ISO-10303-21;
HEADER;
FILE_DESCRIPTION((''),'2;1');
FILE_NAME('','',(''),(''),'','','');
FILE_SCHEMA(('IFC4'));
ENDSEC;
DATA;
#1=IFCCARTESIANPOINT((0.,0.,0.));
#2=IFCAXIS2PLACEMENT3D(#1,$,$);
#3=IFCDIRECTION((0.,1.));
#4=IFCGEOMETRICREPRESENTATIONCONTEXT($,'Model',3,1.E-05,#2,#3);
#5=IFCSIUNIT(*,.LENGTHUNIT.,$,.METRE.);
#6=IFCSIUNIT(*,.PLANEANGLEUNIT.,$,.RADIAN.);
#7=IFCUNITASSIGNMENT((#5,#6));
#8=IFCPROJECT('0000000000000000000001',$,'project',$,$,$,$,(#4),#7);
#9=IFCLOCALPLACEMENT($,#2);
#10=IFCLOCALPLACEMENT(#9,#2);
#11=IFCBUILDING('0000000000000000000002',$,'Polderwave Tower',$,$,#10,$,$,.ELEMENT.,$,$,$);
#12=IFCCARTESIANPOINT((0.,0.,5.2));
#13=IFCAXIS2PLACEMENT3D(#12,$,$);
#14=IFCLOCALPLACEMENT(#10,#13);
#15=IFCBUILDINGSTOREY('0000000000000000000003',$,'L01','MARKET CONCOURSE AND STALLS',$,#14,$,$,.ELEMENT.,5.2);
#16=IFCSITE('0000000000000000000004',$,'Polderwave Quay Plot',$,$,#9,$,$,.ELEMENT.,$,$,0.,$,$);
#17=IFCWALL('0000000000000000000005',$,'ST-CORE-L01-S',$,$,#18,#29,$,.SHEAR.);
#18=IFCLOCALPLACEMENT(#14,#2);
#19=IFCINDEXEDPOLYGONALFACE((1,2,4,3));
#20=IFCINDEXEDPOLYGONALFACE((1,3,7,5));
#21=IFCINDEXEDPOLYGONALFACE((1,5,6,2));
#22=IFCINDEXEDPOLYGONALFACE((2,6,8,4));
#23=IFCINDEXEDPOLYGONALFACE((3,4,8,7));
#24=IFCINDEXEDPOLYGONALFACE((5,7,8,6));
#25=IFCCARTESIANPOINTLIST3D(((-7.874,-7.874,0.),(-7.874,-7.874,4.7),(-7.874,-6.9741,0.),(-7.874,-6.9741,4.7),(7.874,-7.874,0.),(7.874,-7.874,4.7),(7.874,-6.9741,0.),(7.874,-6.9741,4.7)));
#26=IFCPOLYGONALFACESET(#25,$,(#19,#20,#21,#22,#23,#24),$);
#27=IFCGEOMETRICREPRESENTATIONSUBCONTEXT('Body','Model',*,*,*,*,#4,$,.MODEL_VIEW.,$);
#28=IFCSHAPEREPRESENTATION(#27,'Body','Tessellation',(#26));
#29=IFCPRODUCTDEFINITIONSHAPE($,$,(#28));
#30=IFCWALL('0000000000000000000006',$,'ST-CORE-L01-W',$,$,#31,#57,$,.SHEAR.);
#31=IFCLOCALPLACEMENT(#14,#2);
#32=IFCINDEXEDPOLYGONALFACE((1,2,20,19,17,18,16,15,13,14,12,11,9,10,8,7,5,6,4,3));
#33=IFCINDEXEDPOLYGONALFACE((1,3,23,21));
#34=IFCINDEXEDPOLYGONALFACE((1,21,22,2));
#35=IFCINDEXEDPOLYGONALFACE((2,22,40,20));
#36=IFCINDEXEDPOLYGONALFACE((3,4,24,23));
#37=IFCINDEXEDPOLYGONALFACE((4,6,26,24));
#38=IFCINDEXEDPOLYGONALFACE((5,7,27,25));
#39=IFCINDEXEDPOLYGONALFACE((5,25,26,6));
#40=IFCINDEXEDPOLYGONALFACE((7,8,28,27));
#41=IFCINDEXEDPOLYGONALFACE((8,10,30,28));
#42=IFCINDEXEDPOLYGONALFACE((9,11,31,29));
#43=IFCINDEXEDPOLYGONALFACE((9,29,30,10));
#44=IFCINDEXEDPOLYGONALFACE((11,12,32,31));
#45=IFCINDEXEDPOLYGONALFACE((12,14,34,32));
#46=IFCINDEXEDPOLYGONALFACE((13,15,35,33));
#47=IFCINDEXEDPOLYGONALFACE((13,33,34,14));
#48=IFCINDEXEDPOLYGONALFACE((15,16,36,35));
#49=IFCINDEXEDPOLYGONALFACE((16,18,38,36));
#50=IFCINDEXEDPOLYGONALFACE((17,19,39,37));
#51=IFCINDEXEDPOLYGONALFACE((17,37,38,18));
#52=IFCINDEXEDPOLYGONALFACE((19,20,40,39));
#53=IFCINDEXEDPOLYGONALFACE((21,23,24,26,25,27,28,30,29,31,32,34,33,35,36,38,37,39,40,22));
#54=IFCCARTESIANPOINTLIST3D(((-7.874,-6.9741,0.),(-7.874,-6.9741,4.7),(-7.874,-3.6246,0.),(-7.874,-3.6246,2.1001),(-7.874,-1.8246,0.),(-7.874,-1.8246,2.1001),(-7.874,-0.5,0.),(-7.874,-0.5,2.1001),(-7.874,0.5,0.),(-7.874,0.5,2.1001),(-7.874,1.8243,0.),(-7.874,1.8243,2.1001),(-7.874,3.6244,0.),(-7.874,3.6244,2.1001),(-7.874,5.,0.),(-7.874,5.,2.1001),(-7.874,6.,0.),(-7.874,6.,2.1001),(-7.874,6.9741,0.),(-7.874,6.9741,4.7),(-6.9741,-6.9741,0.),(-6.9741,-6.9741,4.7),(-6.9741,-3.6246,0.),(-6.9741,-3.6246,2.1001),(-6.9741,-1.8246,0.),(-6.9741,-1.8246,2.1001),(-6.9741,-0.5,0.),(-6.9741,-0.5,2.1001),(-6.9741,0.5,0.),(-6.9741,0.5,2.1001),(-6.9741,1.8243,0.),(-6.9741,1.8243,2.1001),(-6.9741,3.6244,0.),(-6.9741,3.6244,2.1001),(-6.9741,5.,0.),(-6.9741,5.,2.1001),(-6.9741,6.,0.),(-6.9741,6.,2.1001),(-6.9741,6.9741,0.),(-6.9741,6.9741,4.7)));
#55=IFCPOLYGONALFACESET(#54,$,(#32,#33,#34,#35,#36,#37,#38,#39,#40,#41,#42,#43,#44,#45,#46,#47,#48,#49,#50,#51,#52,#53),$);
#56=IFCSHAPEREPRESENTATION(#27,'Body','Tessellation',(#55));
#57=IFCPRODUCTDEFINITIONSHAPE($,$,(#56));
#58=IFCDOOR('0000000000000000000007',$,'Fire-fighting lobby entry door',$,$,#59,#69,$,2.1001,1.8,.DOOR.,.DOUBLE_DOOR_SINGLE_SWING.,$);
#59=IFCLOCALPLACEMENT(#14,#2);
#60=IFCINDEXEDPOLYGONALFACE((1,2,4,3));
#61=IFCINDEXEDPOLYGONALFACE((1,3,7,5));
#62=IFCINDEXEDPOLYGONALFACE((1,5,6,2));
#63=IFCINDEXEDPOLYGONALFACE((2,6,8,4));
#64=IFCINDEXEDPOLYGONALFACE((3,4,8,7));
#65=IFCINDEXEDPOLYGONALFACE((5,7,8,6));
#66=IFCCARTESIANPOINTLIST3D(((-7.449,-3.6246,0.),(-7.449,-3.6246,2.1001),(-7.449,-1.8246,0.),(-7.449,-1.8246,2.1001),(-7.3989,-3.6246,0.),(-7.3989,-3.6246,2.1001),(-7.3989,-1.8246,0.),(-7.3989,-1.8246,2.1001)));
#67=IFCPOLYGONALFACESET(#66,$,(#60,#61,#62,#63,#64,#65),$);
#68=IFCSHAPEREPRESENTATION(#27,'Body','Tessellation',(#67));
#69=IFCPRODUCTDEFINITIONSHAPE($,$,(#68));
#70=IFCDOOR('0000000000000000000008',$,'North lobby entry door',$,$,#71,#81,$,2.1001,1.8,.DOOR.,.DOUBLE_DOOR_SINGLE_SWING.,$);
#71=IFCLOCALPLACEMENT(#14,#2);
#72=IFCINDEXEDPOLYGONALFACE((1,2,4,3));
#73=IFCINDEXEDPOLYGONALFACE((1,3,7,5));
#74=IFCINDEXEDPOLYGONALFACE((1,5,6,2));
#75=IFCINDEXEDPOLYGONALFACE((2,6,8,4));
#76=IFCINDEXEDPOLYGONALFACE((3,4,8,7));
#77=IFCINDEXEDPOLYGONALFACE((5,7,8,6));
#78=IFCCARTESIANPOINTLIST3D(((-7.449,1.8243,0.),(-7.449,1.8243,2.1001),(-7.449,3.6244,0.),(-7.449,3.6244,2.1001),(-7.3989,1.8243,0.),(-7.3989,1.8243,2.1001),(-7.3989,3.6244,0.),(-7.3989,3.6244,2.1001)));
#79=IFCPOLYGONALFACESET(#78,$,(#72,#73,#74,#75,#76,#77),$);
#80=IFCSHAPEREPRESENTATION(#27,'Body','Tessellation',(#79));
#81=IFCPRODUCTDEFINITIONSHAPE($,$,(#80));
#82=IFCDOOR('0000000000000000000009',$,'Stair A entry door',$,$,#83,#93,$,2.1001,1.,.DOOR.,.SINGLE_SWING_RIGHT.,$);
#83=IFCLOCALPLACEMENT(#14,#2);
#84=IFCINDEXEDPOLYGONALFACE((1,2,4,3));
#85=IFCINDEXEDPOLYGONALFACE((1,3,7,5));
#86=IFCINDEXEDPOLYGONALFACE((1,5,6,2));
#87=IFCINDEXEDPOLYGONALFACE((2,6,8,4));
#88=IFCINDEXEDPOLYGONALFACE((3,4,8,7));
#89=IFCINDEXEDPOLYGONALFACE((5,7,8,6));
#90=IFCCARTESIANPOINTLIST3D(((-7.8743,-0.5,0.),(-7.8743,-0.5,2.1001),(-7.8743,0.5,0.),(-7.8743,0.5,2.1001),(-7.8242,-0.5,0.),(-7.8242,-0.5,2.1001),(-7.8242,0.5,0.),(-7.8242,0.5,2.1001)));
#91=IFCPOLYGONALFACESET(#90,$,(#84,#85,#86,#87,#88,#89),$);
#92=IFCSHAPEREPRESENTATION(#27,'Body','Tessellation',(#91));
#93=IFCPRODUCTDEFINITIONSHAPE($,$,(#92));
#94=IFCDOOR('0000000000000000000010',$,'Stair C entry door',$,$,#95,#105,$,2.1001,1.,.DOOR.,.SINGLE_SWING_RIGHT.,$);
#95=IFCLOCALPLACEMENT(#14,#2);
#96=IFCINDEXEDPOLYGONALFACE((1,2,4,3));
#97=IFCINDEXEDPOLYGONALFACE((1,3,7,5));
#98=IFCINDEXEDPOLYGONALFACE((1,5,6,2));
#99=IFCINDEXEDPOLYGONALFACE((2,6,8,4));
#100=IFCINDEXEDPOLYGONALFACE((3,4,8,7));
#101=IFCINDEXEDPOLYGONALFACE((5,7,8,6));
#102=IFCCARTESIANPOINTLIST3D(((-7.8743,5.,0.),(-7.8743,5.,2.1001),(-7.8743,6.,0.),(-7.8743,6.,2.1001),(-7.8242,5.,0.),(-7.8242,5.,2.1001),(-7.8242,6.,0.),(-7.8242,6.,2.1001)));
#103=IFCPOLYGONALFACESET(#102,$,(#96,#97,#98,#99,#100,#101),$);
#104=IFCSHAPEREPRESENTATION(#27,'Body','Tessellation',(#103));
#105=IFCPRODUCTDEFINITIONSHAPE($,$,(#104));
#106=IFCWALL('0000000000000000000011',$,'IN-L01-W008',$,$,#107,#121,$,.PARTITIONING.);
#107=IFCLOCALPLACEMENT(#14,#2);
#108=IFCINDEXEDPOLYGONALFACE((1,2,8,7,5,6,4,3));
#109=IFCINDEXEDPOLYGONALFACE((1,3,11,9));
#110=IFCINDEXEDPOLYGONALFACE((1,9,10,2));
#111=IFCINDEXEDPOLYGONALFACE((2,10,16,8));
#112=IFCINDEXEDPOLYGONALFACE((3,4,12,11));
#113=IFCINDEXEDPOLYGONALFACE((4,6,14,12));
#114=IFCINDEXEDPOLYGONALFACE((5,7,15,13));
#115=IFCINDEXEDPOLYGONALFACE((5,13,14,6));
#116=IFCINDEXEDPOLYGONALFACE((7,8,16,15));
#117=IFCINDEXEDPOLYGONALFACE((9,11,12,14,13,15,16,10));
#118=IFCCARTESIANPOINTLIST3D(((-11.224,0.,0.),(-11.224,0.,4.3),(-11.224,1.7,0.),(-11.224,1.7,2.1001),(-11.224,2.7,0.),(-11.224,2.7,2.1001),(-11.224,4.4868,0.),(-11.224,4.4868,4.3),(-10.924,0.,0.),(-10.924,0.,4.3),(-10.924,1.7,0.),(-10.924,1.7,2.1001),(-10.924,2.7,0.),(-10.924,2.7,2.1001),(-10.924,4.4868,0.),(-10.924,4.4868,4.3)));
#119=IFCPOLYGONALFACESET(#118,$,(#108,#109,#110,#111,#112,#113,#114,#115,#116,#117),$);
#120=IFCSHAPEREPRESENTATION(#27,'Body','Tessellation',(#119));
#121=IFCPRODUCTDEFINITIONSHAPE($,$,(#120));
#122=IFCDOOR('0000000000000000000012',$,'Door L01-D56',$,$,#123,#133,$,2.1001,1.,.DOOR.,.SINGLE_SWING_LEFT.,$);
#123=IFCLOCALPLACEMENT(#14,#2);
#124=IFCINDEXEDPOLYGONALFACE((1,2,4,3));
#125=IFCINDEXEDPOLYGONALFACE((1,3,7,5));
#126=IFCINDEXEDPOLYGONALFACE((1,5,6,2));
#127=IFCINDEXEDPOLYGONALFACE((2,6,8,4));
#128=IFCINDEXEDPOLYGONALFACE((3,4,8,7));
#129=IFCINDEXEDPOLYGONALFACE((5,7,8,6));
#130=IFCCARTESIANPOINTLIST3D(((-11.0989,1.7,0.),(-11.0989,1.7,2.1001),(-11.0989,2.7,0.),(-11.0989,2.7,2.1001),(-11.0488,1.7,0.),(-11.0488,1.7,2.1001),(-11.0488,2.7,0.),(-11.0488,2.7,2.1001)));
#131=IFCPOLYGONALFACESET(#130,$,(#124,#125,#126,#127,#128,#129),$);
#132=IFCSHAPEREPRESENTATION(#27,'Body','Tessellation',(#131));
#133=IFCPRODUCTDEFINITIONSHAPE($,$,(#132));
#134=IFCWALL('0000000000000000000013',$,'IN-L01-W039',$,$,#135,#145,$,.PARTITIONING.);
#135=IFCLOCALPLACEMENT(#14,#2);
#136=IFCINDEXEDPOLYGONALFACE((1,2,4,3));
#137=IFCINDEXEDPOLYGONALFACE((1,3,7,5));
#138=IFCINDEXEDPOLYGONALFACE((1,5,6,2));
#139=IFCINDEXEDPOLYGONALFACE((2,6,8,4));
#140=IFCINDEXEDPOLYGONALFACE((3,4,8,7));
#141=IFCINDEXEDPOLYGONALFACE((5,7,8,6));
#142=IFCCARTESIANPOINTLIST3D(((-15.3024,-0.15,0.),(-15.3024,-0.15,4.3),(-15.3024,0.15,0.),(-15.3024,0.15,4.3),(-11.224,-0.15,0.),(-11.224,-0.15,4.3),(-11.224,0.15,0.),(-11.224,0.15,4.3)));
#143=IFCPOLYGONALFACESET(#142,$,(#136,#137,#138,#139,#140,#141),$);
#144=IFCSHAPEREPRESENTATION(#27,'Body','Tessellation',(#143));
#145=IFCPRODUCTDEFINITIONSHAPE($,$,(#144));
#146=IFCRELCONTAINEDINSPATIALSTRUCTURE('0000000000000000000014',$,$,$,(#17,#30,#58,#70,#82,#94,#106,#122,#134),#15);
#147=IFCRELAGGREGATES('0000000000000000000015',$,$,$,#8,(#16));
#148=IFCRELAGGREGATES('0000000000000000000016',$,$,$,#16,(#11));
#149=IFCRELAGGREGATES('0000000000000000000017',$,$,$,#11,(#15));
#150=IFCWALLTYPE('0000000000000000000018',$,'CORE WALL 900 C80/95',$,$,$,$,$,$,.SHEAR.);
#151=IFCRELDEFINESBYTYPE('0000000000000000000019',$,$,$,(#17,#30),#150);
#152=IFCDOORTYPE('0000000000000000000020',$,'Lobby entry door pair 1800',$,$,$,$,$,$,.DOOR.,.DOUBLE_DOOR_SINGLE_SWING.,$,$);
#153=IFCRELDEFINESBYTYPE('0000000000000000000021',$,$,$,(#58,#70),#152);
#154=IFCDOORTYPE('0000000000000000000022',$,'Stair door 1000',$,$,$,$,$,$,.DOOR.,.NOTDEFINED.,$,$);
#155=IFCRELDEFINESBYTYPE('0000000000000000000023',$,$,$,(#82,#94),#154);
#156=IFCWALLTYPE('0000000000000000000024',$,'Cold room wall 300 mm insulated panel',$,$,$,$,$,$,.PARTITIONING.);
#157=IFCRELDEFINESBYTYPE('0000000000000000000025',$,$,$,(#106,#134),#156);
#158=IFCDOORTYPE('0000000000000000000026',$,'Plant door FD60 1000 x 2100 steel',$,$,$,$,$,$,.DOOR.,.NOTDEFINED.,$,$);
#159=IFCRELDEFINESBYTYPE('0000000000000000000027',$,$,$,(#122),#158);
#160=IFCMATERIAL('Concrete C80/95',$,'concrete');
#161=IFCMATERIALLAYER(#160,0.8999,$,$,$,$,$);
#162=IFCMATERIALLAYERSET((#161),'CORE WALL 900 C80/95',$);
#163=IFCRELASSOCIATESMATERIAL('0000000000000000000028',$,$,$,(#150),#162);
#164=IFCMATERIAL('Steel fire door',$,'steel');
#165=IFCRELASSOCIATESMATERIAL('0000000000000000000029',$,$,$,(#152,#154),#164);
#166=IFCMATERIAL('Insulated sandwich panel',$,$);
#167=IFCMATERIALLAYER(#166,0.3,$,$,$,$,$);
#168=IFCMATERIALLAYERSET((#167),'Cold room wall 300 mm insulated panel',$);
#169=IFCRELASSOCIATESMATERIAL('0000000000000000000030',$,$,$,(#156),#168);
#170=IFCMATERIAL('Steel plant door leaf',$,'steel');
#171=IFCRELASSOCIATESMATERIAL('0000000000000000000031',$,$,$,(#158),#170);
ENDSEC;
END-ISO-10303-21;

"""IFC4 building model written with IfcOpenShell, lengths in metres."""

from ifc_helpers import new_model, si_unit, direction, frame, frame_2d, origin, place, context, subcontext, project, spatial, rectangle, extrude, material, layer, layer_set, type_object, element, fill, save


model = new_model("IFC4")

# Units and contexts
model_context = context("Model", 3, precision=1e-05, world=origin(), true_north=direction((0.0, 1.0)))
body_context = subcontext(model_context, "Body", "Model", "MODEL_VIEW")
ifc_project = project(units=[si_unit("LENGTHUNIT", "METRE"), si_unit("PLANEANGLEUNIT", "RADIAN")], contexts=[model_context])

# Site, building, storey
site_placement = place(None, origin())
site = spatial("IfcSite", under=ifc_project, at=site_placement, Name="Polderwave Quay Plot", CompositionType="ELEMENT", RefElevation=0.0)
building_placement = place(site_placement, origin())
building = spatial("IfcBuilding", under=site, at=building_placement, Name="Polderwave Tower", CompositionType="ELEMENT")
storey_placement = place(building_placement, frame((0.0, 0.0, 5.2)))
storey = spatial("IfcBuildingStorey", under=building, at=storey_placement, Name="L01", Description="MARKET CONCOURSE AND STALLS", CompositionType="ELEMENT", Elevation=5.2)

# Wall
ifc_material_1 = material(Name="Concrete C80/95", Category="concrete")
ifc_layer_1 = layer(ifc_material_1, 0.8999)
ifc_layer_set_1 = layer_set([ifc_layer_1], Name="CORE WALL 900 C80/95")
wall_type_1 = type_object("IfcWallType", Name="CORE WALL 900 C80/95", PredefinedType="SHEAR", material=ifc_layer_set_1)
wall_1_placement = place(storey_placement, frame((-7.874, -7.4241, 0.0), z_axis=(0.0, 0.0, 1.0), x_axis=(1.0, 0.0, 0.0)))
element("IfcWall", 1, at=wall_1_placement, inside=storey, type_object=wall_type_1, Name="ST-CORE-L01-S", PredefinedType="SHEAR", context=body_context, shape_type="SweptSolid", body=[
    extrude(rectangle(XDim=15.748, YDim=0.8999, at=frame_2d((7.874, 0.0))), origin(), (0.0, 0.0, 1.0), 4.7),
])

# Wall, openings, doors
wall_2_placement = place(storey_placement, frame((-7.4241, -6.9741, 0.0), z_axis=(0.0, 0.0, 1.0), x_axis=(0.0, 1.0, 0.0)))
wall_2 = element("IfcWall", 2, at=wall_2_placement, inside=storey, type_object=wall_type_1, Name="ST-CORE-L01-W", PredefinedType="SHEAR", context=body_context, shape_type="SweptSolid", body=[
    extrude(rectangle(XDim=13.9482, YDim=0.8999, at=frame_2d((6.9741, 0.0))), origin(), (0.0, 0.0, 1.0), 4.7),
])
opening_1_placement = place(wall_2_placement, frame((6.4741, 0.0, 0.0)))
opening_1 = element("IfcOpeningElement", 3, at=opening_1_placement, cuts=wall_2, PredefinedType="OPENING", context=body_context, shape_type="SweptSolid", body=[
    extrude(rectangle(XDim=1.0, YDim=2.1001, at=frame_2d((0.5, 1.05))), frame((0.0, 0.46, 0.0), z_axis=(0.0, -1.0, 0.0), x_axis=(1.0, 0.0, 0.0)), (0.0, 0.0, 1.0), 0.9199),
])
opening_2_placement = place(wall_2_placement, frame((3.3496, 0.0, 0.0)))
opening_2 = element("IfcOpeningElement", 4, at=opening_2_placement, cuts=wall_2, PredefinedType="OPENING", context=body_context, shape_type="SweptSolid", body=[
    extrude(rectangle(XDim=1.8, YDim=2.1001, at=frame_2d((0.8999, 1.05))), frame((0.0, 0.46, 0.0), z_axis=(0.0, -1.0, 0.0), x_axis=(1.0, 0.0, 0.0)), (0.0, 0.0, 1.0), 0.9199),
])
opening_3_placement = place(wall_2_placement, frame((8.7986, 0.0, 0.0)))
opening_3 = element("IfcOpeningElement", 5, at=opening_3_placement, cuts=wall_2, PredefinedType="OPENING", context=body_context, shape_type="SweptSolid", body=[
    extrude(rectangle(XDim=1.8, YDim=2.1001, at=frame_2d((0.8999, 1.05))), frame((0.0, 0.46, 0.0), z_axis=(0.0, -1.0, 0.0), x_axis=(1.0, 0.0, 0.0)), (0.0, 0.0, 1.0), 0.9199),
])
opening_4_placement = place(wall_2_placement, frame((11.9741, 0.0, 0.0)))
opening_4 = element("IfcOpeningElement", 6, at=opening_4_placement, cuts=wall_2, PredefinedType="OPENING", context=body_context, shape_type="SweptSolid", body=[
    extrude(rectangle(XDim=1.0, YDim=2.1001, at=frame_2d((0.5, 1.05))), frame((0.0, 0.46, 0.0), z_axis=(0.0, -1.0, 0.0), x_axis=(1.0, 0.0, 0.0)), (0.0, 0.0, 1.0), 0.9199),
])
ifc_material_2 = material(Name="Steel fire door", Category="steel")
door_type_1 = type_object("IfcDoorType", Name="Lobby entry door pair 1800", OperationType="DOUBLE_DOOR_SINGLE_SWING", PredefinedType="DOOR", material=ifc_material_2)
door_1_placement = place(opening_2_placement, origin())
door_1 = element("IfcDoor", 7, at=door_1_placement, inside=storey, type_object=door_type_1, Name="Fire-fighting lobby entry door", OperationType="DOUBLE_DOOR_SINGLE_SWING", OverallHeight=2.1001, OverallWidth=1.8, PredefinedType="DOOR", context=body_context, shape_type="SweptSolid", body=[
    extrude(rectangle(XDim=1.8, YDim=2.1001, at=frame_2d((0.8999, 1.05))), frame((0.0, 0.0249, 0.0), z_axis=(0.0, -1.0, 0.0), x_axis=(1.0, 0.0, 0.0)), (0.0, 0.0, 1.0), 0.05),
])
fill(opening_2, door_1)
door_2_placement = place(opening_3_placement, origin())
door_2 = element("IfcDoor", 8, at=door_2_placement, inside=storey, type_object=door_type_1, Name="North lobby entry door", OperationType="DOUBLE_DOOR_SINGLE_SWING", OverallHeight=2.1001, OverallWidth=1.8, PredefinedType="DOOR", context=body_context, shape_type="SweptSolid", body=[
    extrude(rectangle(XDim=1.8, YDim=2.1001, at=frame_2d((0.8999, 1.05))), frame((0.0, 0.0249, 0.0), z_axis=(0.0, -1.0, 0.0), x_axis=(1.0, 0.0, 0.0)), (0.0, 0.0, 1.0), 0.05),
])
fill(opening_3, door_2)
door_type_2 = type_object("IfcDoorType", Name="Stair door 1000", OperationType="NOTDEFINED", PredefinedType="DOOR", material=ifc_material_2)
door_3_placement = place(opening_1_placement, origin())
door_3 = element("IfcDoor", 9, at=door_3_placement, inside=storey, type_object=door_type_2, Name="Stair A entry door", OperationType="SINGLE_SWING_RIGHT", OverallHeight=2.1001, OverallWidth=1.0, PredefinedType="DOOR", context=body_context, shape_type="SweptSolid", body=[
    extrude(rectangle(XDim=1.0, YDim=2.1001, at=frame_2d((0.5, 1.05))), frame((0.0, 0.4502, 0.0), z_axis=(0.0, -1.0, 0.0), x_axis=(1.0, 0.0, 0.0)), (0.0, 0.0, 1.0), 0.05),
])
fill(opening_1, door_3)
door_4_placement = place(opening_4_placement, origin())
door_4 = element("IfcDoor", 10, at=door_4_placement, inside=storey, type_object=door_type_2, Name="Stair C entry door", OperationType="SINGLE_SWING_RIGHT", OverallHeight=2.1001, OverallWidth=1.0, PredefinedType="DOOR", context=body_context, shape_type="SweptSolid", body=[
    extrude(rectangle(XDim=1.0, YDim=2.1001, at=frame_2d((0.5, 1.05))), frame((0.0, 0.4502, 0.0), z_axis=(0.0, -1.0, 0.0), x_axis=(1.0, 0.0, 0.0)), (0.0, 0.0, 1.0), 0.05),
])
fill(opening_4, door_4)

# Wall, opening, door
ifc_material_3 = material(Name="Insulated sandwich panel")
ifc_layer_2 = layer(ifc_material_3, 0.3)
ifc_layer_set_2 = layer_set([ifc_layer_2], Name="Cold room wall 300 mm insulated panel")
wall_type_2 = type_object("IfcWallType", Name="Cold room wall 300 mm insulated panel", PredefinedType="PARTITIONING", material=ifc_layer_set_2)
wall_3_placement = place(storey_placement, frame((-11.074, 0.0, 0.0), z_axis=(0.0, 0.0, 1.0), x_axis=(0.0, 1.0, 0.0)))
wall_3 = element("IfcWall", 11, at=wall_3_placement, inside=storey, type_object=wall_type_2, Name="IN-L01-W008", PredefinedType="PARTITIONING", context=body_context, shape_type="SweptSolid", body=[
    extrude(rectangle(XDim=4.4868, YDim=0.3, at=frame_2d((2.2434, 0.0))), origin(), (0.0, 0.0, 1.0), 4.3),
])
opening_5_placement = place(wall_3_placement, frame((1.7, 0.0, 0.0)))
opening_5 = element("IfcOpeningElement", 12, at=opening_5_placement, cuts=wall_3, PredefinedType="OPENING", context=body_context, shape_type="SweptSolid", body=[
    extrude(rectangle(XDim=1.0, YDim=2.1001, at=frame_2d((0.5, 1.05))), frame((0.0, 0.1599, 0.0), z_axis=(0.0, -1.0, 0.0), x_axis=(1.0, 0.0, 0.0)), (0.0, 0.0, 1.0), 0.3201),
])
ifc_material_4 = material(Name="Steel plant door leaf", Category="steel")
door_type_3 = type_object("IfcDoorType", Name="Plant door FD60 1000 x 2100 steel", OperationType="NOTDEFINED", PredefinedType="DOOR", material=ifc_material_4)
door_5_placement = place(opening_5_placement, origin())
door_5 = element("IfcDoor", 13, at=door_5_placement, inside=storey, type_object=door_type_3, Name="Door L01-D56", OperationType="SINGLE_SWING_LEFT", OverallHeight=2.1001, OverallWidth=1.0, PredefinedType="DOOR", context=body_context, shape_type="SweptSolid", body=[
    extrude(rectangle(XDim=1.0, YDim=2.1001, at=frame_2d((0.5, 1.05))), frame((0.0, 0.0249, 0.0), z_axis=(0.0, -1.0, 0.0), x_axis=(1.0, 0.0, 0.0)), (0.0, 0.0, 1.0), 0.05),
])
fill(opening_5, door_5)

# Wall
wall_4_placement = place(storey_placement, frame((-11.2241, 0.0, 0.0), z_axis=(0.0, 0.0, 1.0), x_axis=(-1.0, 0.0, 0.0)))
element("IfcWall", 14, at=wall_4_placement, inside=storey, type_object=wall_type_2, Name="IN-L01-W039", PredefinedType="PARTITIONING", context=body_context, shape_type="SweptSolid", body=[
    extrude(rectangle(XDim=4.0784, YDim=0.3, at=frame_2d((2.0391, 0.0))), origin(), (0.0, 0.0, 1.0), 4.3),
])

save(model, "model.ifc")
